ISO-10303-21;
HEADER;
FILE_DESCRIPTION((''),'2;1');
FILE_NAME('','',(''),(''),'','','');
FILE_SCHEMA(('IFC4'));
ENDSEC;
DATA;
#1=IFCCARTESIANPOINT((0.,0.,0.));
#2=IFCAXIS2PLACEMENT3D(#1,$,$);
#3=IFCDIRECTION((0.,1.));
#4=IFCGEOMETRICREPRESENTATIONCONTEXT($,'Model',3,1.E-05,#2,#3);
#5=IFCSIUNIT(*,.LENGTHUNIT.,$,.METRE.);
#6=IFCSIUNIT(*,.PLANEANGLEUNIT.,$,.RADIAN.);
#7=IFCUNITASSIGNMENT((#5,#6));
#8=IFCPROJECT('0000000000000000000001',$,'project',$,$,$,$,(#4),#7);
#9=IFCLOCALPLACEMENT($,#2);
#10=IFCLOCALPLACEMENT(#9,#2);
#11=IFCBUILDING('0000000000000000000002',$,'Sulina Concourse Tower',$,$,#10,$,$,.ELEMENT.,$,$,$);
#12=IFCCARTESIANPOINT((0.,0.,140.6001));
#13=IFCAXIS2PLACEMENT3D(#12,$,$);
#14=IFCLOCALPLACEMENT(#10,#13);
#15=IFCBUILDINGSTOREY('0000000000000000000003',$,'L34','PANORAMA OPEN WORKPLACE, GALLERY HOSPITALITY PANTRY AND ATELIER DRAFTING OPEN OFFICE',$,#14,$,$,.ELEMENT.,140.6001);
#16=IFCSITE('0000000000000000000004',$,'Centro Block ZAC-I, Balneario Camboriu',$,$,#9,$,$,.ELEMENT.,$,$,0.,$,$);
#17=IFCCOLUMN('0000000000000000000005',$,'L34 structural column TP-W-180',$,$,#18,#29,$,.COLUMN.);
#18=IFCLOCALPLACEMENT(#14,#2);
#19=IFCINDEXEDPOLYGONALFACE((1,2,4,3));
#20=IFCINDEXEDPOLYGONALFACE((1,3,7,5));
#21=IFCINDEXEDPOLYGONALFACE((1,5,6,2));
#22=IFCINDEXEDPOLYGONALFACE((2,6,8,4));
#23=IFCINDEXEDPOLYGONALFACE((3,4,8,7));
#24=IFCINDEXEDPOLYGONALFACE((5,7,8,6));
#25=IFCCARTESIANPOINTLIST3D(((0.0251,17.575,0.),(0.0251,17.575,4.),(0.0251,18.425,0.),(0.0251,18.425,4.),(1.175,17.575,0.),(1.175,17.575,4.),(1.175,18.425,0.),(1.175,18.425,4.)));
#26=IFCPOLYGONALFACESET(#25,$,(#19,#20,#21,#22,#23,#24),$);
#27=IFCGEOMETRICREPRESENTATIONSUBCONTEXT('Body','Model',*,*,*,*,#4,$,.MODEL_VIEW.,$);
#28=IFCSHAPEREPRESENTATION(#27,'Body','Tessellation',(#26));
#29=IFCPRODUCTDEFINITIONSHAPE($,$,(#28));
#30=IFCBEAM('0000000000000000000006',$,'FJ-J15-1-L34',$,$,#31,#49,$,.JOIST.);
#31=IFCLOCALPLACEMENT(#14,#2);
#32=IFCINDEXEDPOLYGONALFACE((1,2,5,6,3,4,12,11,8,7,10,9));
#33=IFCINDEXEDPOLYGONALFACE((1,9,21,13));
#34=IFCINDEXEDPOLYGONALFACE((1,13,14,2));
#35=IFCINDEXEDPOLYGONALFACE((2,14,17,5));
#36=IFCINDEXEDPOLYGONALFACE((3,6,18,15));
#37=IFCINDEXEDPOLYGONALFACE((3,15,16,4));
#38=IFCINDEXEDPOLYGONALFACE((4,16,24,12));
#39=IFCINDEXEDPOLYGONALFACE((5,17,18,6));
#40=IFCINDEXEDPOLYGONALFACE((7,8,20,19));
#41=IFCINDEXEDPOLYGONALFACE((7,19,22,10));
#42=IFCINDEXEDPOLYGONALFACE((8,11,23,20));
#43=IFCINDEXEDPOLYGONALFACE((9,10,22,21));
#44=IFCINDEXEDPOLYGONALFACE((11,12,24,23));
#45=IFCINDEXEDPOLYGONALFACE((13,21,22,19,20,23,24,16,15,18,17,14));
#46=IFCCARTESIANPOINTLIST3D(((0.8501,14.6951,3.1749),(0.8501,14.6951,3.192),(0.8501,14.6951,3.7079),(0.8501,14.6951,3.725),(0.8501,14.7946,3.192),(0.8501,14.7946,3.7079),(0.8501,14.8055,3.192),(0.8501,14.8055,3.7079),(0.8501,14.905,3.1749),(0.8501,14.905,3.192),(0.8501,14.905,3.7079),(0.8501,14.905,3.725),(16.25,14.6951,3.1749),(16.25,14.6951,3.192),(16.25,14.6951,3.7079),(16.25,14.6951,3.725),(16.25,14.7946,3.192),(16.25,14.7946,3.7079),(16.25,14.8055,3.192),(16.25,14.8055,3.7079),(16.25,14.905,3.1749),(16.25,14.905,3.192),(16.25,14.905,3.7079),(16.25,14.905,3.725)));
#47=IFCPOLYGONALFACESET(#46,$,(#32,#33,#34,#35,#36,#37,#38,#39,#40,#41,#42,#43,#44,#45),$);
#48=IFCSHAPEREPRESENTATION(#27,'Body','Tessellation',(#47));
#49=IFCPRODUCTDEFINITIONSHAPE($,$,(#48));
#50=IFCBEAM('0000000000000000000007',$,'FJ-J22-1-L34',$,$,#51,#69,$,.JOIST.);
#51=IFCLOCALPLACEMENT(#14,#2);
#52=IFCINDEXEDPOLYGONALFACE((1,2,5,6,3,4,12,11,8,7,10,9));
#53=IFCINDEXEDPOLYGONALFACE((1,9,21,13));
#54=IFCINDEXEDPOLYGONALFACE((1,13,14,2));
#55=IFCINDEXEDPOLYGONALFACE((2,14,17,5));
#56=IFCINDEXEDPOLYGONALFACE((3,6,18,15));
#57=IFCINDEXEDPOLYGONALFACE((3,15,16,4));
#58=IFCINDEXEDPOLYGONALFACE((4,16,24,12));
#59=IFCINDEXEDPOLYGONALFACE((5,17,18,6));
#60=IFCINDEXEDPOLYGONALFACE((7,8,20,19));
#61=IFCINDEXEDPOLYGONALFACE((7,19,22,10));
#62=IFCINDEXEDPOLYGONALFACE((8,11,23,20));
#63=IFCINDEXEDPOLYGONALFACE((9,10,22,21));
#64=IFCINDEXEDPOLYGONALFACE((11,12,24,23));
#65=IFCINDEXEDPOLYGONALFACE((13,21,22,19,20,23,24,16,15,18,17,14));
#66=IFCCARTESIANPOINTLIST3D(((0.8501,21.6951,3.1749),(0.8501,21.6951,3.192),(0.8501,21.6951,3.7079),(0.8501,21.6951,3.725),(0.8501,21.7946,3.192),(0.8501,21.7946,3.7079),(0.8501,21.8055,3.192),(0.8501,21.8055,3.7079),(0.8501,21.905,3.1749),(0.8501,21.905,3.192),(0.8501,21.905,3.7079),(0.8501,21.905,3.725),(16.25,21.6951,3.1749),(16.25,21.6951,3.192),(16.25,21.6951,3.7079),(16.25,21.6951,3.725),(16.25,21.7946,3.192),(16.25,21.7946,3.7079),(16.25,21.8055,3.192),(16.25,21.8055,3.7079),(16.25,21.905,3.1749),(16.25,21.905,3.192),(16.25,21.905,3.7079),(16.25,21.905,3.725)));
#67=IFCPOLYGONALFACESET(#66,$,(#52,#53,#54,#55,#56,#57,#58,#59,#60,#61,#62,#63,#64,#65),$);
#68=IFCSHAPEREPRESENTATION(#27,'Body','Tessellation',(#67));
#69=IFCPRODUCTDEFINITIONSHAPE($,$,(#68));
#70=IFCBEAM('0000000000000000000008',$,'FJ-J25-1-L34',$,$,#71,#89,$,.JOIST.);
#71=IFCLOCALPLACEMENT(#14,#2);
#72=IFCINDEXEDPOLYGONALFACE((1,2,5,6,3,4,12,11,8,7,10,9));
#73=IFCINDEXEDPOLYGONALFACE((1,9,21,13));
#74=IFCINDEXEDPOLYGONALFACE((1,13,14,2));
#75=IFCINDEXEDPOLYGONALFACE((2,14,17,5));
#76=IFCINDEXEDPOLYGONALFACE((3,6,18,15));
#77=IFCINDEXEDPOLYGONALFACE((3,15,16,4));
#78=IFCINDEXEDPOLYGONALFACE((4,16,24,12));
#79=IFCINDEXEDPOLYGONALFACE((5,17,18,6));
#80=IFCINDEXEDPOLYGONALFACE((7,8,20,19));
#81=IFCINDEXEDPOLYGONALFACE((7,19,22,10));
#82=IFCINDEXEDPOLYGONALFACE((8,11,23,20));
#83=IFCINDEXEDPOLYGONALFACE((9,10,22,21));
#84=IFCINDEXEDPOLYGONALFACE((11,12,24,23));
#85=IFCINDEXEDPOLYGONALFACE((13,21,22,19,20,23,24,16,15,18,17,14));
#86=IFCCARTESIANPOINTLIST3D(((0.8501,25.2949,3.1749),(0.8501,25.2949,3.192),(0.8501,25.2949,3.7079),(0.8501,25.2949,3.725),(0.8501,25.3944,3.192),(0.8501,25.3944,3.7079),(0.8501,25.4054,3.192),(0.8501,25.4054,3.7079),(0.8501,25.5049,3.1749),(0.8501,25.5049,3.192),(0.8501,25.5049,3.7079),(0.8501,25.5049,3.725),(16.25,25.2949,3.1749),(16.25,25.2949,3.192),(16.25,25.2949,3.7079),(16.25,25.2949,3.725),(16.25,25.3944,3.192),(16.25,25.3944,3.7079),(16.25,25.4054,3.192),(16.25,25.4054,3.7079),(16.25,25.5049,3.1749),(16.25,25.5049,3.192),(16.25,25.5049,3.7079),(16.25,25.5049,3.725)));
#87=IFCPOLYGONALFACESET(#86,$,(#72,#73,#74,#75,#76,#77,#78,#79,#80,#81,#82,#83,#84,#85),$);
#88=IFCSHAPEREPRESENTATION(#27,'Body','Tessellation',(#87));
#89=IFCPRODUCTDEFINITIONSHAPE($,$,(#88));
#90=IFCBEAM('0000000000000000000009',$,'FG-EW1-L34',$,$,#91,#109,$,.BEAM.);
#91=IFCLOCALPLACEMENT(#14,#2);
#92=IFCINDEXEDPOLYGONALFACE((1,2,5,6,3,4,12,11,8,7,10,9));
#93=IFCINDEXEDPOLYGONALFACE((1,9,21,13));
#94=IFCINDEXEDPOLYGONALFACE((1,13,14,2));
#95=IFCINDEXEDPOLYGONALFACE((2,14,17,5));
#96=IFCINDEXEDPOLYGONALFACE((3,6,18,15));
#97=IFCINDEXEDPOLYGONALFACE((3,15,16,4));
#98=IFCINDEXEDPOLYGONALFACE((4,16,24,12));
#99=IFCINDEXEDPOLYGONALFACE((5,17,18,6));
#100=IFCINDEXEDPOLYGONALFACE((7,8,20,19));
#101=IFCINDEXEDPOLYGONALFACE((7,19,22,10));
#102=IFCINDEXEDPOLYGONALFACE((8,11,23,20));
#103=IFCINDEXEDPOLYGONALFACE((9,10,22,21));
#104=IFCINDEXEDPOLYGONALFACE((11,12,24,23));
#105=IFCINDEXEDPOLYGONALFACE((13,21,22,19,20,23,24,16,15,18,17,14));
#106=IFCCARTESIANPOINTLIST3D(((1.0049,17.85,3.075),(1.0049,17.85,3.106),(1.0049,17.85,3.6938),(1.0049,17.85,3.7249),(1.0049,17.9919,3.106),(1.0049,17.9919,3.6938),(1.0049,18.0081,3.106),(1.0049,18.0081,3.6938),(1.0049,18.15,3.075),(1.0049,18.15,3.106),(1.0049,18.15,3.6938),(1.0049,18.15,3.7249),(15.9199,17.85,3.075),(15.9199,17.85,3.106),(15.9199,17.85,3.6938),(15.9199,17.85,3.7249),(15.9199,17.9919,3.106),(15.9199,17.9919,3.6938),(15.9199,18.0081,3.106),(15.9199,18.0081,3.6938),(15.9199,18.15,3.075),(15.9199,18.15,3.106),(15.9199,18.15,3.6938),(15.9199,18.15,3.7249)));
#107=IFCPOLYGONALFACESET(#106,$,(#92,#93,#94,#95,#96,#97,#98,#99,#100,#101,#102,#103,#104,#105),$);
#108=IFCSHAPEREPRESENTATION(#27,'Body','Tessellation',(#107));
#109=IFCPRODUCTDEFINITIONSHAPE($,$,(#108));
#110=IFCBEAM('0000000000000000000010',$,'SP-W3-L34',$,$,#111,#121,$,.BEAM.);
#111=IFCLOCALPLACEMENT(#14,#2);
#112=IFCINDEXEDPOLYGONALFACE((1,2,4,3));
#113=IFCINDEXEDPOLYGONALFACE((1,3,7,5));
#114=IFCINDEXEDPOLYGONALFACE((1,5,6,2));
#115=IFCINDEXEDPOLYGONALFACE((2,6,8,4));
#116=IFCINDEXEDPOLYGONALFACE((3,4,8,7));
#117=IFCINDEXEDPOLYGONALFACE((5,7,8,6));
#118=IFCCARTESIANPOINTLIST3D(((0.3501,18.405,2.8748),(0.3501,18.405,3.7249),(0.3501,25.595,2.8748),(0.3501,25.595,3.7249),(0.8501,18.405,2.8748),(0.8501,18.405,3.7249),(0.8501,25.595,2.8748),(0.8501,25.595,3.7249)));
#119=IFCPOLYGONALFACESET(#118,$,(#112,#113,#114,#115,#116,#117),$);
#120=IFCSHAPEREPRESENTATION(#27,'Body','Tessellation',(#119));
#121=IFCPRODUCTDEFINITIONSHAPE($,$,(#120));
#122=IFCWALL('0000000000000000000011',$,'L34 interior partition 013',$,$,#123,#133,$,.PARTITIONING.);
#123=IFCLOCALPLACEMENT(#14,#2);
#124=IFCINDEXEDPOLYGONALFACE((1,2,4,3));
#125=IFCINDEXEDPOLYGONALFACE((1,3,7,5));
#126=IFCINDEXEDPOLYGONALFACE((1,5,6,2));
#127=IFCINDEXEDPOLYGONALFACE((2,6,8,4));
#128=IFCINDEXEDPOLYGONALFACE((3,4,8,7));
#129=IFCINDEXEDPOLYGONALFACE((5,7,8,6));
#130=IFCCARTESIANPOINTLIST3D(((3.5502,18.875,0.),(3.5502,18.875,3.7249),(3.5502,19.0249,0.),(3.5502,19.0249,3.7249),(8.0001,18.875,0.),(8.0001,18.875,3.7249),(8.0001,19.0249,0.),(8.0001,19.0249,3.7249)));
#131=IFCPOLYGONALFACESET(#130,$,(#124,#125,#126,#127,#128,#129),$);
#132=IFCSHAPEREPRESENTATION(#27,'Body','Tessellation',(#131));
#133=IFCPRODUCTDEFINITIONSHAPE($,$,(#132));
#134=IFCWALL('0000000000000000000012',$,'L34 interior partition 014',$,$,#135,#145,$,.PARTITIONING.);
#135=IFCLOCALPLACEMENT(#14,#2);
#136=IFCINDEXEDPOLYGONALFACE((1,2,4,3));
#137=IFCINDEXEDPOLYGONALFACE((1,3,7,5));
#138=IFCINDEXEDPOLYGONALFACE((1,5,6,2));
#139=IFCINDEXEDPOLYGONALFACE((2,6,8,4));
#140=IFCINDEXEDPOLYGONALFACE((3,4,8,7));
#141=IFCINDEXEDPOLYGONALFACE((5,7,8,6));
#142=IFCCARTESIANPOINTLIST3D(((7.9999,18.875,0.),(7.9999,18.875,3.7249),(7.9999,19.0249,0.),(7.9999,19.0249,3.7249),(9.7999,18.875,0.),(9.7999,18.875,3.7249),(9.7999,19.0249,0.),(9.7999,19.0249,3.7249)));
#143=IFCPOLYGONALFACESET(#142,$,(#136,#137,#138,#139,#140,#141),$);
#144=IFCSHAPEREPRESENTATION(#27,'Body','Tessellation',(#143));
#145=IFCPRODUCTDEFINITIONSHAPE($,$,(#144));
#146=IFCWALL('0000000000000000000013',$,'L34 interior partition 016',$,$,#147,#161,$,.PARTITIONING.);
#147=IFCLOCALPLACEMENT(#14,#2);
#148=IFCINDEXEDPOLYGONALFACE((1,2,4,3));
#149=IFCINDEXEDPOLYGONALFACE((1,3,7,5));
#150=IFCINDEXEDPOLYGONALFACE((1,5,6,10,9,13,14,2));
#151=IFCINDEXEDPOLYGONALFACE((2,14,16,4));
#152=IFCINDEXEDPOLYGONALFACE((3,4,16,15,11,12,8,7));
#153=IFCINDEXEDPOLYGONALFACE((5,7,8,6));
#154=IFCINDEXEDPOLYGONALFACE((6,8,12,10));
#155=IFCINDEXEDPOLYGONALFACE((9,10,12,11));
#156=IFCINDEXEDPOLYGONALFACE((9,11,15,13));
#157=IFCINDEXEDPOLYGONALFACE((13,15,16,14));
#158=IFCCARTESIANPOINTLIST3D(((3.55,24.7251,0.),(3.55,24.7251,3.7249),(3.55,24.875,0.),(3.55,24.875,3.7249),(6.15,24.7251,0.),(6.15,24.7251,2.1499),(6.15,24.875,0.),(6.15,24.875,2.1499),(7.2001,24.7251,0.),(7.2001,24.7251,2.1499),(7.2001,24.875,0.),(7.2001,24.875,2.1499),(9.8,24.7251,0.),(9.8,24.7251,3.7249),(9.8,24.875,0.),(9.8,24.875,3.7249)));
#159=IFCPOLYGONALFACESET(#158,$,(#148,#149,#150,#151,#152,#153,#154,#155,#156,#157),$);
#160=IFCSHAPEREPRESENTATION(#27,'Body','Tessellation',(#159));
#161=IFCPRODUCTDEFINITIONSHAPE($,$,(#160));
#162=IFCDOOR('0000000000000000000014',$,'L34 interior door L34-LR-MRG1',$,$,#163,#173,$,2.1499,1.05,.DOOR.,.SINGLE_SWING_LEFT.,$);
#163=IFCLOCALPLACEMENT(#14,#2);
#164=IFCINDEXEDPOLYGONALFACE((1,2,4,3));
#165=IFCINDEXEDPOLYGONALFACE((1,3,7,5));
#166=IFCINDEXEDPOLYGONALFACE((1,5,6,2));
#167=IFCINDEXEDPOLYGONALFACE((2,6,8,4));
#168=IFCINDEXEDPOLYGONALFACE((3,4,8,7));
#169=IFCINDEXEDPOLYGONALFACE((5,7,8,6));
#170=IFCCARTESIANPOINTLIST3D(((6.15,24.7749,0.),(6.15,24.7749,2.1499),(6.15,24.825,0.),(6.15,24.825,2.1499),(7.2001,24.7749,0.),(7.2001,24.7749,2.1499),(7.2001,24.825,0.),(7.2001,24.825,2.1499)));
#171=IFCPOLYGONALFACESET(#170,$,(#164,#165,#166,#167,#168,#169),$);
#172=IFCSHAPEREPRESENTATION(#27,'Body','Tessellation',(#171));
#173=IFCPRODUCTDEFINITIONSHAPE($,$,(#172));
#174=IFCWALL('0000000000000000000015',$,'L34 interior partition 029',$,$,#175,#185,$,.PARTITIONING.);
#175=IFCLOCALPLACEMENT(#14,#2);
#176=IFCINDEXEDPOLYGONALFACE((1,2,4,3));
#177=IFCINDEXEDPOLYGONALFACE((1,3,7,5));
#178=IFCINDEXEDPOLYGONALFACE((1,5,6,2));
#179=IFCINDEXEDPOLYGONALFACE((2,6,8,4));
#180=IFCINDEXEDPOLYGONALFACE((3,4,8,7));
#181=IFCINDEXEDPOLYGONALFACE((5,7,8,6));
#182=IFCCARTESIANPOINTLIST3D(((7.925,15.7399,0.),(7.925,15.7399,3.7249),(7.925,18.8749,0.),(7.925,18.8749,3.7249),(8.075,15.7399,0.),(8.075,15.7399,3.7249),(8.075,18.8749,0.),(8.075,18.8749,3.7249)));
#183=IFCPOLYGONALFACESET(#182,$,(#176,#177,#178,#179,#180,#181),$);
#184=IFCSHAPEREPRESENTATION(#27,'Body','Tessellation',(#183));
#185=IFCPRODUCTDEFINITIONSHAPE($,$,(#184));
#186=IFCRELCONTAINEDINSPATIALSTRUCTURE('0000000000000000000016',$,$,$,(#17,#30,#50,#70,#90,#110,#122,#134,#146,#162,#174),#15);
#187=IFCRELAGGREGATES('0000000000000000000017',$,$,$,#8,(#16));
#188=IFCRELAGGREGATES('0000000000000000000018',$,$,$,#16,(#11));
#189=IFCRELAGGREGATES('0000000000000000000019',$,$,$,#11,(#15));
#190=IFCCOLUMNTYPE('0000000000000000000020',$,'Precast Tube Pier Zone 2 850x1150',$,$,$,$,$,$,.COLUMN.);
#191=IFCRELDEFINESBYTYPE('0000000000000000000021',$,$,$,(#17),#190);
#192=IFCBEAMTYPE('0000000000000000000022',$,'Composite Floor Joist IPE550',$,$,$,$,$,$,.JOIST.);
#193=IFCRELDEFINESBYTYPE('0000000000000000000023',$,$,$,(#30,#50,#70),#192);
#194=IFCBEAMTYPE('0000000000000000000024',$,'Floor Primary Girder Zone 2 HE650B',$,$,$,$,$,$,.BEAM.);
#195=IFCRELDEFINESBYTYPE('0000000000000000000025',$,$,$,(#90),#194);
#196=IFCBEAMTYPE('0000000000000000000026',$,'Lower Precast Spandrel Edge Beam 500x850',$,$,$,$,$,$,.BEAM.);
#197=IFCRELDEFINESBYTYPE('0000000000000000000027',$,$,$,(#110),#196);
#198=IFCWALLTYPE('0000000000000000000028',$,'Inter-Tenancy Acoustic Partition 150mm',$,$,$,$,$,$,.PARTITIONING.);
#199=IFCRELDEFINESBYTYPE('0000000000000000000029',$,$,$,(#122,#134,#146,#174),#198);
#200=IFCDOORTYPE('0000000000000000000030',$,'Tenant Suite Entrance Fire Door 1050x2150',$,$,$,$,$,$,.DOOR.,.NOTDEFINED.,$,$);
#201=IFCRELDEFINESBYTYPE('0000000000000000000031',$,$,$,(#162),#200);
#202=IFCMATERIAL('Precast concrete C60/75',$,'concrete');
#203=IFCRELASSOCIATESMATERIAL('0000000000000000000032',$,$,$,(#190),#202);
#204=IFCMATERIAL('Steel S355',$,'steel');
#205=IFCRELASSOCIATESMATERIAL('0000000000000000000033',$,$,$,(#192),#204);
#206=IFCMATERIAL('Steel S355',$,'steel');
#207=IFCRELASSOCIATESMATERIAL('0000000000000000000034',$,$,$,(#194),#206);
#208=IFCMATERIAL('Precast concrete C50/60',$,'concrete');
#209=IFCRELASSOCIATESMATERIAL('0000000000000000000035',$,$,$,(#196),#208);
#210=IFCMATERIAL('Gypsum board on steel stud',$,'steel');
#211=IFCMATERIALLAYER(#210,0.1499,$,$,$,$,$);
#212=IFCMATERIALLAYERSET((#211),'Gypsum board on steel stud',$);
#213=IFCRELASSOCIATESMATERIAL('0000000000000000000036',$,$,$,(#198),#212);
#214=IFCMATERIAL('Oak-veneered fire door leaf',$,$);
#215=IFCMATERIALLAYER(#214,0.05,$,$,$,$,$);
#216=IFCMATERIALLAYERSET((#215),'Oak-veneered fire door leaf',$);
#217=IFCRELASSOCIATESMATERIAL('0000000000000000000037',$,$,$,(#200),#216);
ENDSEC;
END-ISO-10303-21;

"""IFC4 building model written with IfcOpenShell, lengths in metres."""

from ifc_helpers import new_model, si_unit, direction, frame, frame_2d, origin, origin_2d, place, context, subcontext, project, spatial, rectangle, i_section, extrude, material, layer, layer_set, material_profile, profile_set, type_object, element, fill, save


model = new_model("IFC4")

# Units and contexts
model_context = context("Model", 3, precision=1e-05, world=origin(), true_north=direction((0.0, 1.0)))
body_context = subcontext(model_context, "Body", "Model", "MODEL_VIEW")
ifc_project = project(units=[si_unit("LENGTHUNIT", "METRE"), si_unit("PLANEANGLEUNIT", "RADIAN")], contexts=[model_context])

# Site, building, storey
site_placement = place(None, origin())
site = spatial("IfcSite", under=ifc_project, at=site_placement, Name="Centro Block ZAC-I, Balneario Camboriu", CompositionType="ELEMENT", RefElevation=0.0)
building_placement = place(site_placement, origin())
building = spatial("IfcBuilding", under=site, at=building_placement, Name="Sulina Concourse Tower", CompositionType="ELEMENT")
storey_placement = place(building_placement, frame((0.0, 0.0, 140.6001)))
storey = spatial("IfcBuildingStorey", under=building, at=storey_placement, Name="L34", Description="PANORAMA OPEN WORKPLACE, GALLERY HOSPITALITY PANTRY AND ATELIER DRAFTING OPEN OFFICE", CompositionType="ELEMENT", Elevation=140.6001)

# Column
ifc_material_1 = material(Name="Precast concrete C60/75", Category="concrete")
ifc_material_profile_1 = material_profile(ifc_material_1, rectangle(XDim=0.8501, YDim=1.1499, at=origin_2d()), Name="PC 850x1150")
ifc_profile_set_1 = profile_set([ifc_material_profile_1], Name="Precast concrete C60/75")
column_type = type_object("IfcColumnType", Name="Precast Tube Pier Zone 2 850x1150", PredefinedType="COLUMN", material=ifc_profile_set_1)
column_placement = place(storey_placement, frame((0.6001, 18.0, 0.0), z_axis=(0.0, 0.0, 1.0), x_axis=(0.0, 1.0, 0.0)))
element("IfcColumn", 1, at=column_placement, inside=storey, type_object=column_type, Name="L34 structural column TP-W-180", PredefinedType="COLUMN", context=body_context, shape_type="SweptSolid", body=[
    extrude(rectangle(XDim=0.8501, YDim=1.1499, at=origin_2d()), origin(), (0.0, 0.0, 1.0), 4.0),
])

# Beams
ifc_material_2 = material(Name="Steel S355", Category="steel")
ifc_material_profile_2 = material_profile(ifc_material_2, i_section(OverallWidth=0.21, OverallDepth=0.55, WebThickness=0.011, FlangeThickness=0.0171, at=origin_2d()), Name="IPE 550")
ifc_profile_set_2 = profile_set([ifc_material_profile_2], Name="Steel S355")
beam_type_1 = type_object("IfcBeamType", Name="Composite Floor Joist IPE550", PredefinedType="JOIST", material=ifc_profile_set_2)
for number, where, z_axis, x_axis, name in (
    (2, (0.8501, 14.8, 3.45), (1.0, 0.0, 0.0), (0.0, 1.0, 0.0), "FJ-J15-1-L34"),
    (3, (0.8501, 21.8, 3.45), (1.0, 0.0, 0.0), (0.0, 1.0, 0.0), "FJ-J22-1-L34"),
    (4, (0.8501, 25.3999, 3.45), (1.0, 0.0, 0.0), (0.0, 1.0, 0.0), "FJ-J25-1-L34"),
):
    element("IfcBeam", number, at=place(storey_placement, frame(where, z_axis=z_axis, x_axis=x_axis)), inside=storey, type_object=beam_type_1, Name=name, PredefinedType="JOIST", context=body_context, shape_type="SweptSolid", body=[
        extrude(i_section(OverallWidth=0.21, OverallDepth=0.55, WebThickness=0.011, FlangeThickness=0.0171, at=origin_2d()), origin(), (0.0, 0.0, 1.0), 15.3999),
    ])
ifc_material_3 = material(Name="Steel S355", Category="steel")
ifc_material_profile_3 = material_profile(ifc_material_3, i_section(OverallWidth=0.3, OverallDepth=0.6499, WebThickness=0.0161, FlangeThickness=0.031, at=origin_2d()), Name="HE 650 B")
ifc_profile_set_3 = profile_set([ifc_material_profile_3], Name="Steel S355")
beam_type_2 = type_object("IfcBeamType", Name="Floor Primary Girder Zone 2 HE650B", PredefinedType="BEAM", material=ifc_profile_set_3)
beam_1_placement = place(storey_placement, frame((1.0049, 18.0, 3.3999), z_axis=(1.0, 0.0, 0.0), x_axis=(0.0, 1.0, 0.0)))
element("IfcBeam", 5, at=beam_1_placement, inside=storey, type_object=beam_type_2, Name="FG-EW1-L34", PredefinedType="BEAM", context=body_context, shape_type="SweptSolid", body=[
    extrude(i_section(OverallWidth=0.3, OverallDepth=0.6499, WebThickness=0.0161, FlangeThickness=0.031, at=origin_2d()), origin(), (0.0, 0.0, 1.0), 14.915),
])
ifc_material_4 = material(Name="Precast concrete C50/60", Category="concrete")
ifc_material_profile_4 = material_profile(ifc_material_4, rectangle(XDim=0.5, YDim=0.8501, at=origin_2d()), Name="RC 500x850")
ifc_profile_set_4 = profile_set([ifc_material_profile_4], Name="Precast concrete C50/60")
beam_type_3 = type_object("IfcBeamType", Name="Lower Precast Spandrel Edge Beam 500x850", PredefinedType="BEAM", material=ifc_profile_set_4)
beam_2_placement = place(storey_placement, frame((0.6001, 18.405, 3.2998), z_axis=(0.0, 1.0, 0.0), x_axis=(-1.0, 0.0, 0.0)))
element("IfcBeam", 6, at=beam_2_placement, inside=storey, type_object=beam_type_3, Name="SP-W3-L34", PredefinedType="BEAM", context=body_context, shape_type="SweptSolid", body=[
    extrude(rectangle(XDim=0.5, YDim=0.8501, at=origin_2d()), origin(), (0.0, 0.0, 1.0), 7.1899),
])

# Walls
ifc_material_5 = material(Name="Gypsum board on steel stud", Category="steel")
ifc_layer_1 = layer(ifc_material_5, 0.1499)
ifc_layer_set_1 = layer_set([ifc_layer_1], Name="Gypsum board on steel stud")
wall_type_1 = type_object("IfcWallType", Name="Inter-Tenancy Acoustic Partition 150mm", PredefinedType="PARTITIONING", material=ifc_layer_set_1)
wall_1_placement = place(storey_placement, frame((3.55, 18.95, 0.0), z_axis=(0.0, 0.0, 1.0), x_axis=(1.0, 0.0, 0.0)))
element("IfcWall", 7, at=wall_1_placement, inside=storey, type_object=wall_type_1, Name="L34 interior partition 013", PredefinedType="PARTITIONING", context=body_context, shape_type="SweptSolid", body=[
    extrude(rectangle(XDim=4.45, YDim=0.1499, at=frame_2d((2.2251, 0.0))), origin(), (0.0, 0.0, 1.0), 3.7249),
])
wall_2_placement = place(storey_placement, frame((8.0, 18.95, 0.0), z_axis=(0.0, 0.0, 1.0), x_axis=(1.0, 0.0, 0.0)))
element("IfcWall", 8, at=wall_2_placement, inside=storey, type_object=wall_type_1, Name="L34 interior partition 014", PredefinedType="PARTITIONING", context=body_context, shape_type="SweptSolid", body=[
    extrude(rectangle(XDim=1.8, YDim=0.1499, at=frame_2d((0.8999, 0.0))), origin(), (0.0, 0.0, 1.0), 3.7249),
])

# Wall, opening, door
wall_3_placement = place(storey_placement, frame((3.55, 24.8, 0.0), z_axis=(0.0, 0.0, 1.0), x_axis=(1.0, 0.0, 0.0)))
wall_3 = element("IfcWall", 9, at=wall_3_placement, inside=storey, type_object=wall_type_1, Name="L34 interior partition 016", PredefinedType="PARTITIONING", context=body_context, shape_type="SweptSolid", body=[
    extrude(rectangle(XDim=6.25, YDim=0.1499, at=frame_2d((3.125, 0.0))), origin(), (0.0, 0.0, 1.0), 3.7249),
])
opening_1_placement = place(wall_3_placement, frame((2.6001, 0.0, 0.0)))
opening_1 = element("IfcOpeningElement", 10, at=opening_1_placement, cuts=wall_3, PredefinedType="OPENING", context=body_context, shape_type="SweptSolid", body=[
    extrude(rectangle(XDim=1.05, YDim=2.1499, at=frame_2d((0.5249, 1.075))), frame((0.0, 0.085, 0.0), z_axis=(0.0, -1.0, 0.0), x_axis=(1.0, 0.0, 0.0)), (0.0, 0.0, 1.0), 0.1699),
])
ifc_material_6 = material(Name="Oak-veneered fire door leaf")
ifc_layer_2 = layer(ifc_material_6, 0.05)
ifc_layer_set_2 = layer_set([ifc_layer_2], Name="Oak-veneered fire door leaf")
door_type_1 = type_object("IfcDoorType", Name="Tenant Suite Entrance Fire Door 1050x2150", OperationType="NOTDEFINED", PredefinedType="DOOR", material=ifc_layer_set_2)
door_1_placement = place(opening_1_placement, origin())
door_1 = element("IfcDoor", 11, at=door_1_placement, inside=storey, type_object=door_type_1, Name="L34 interior door L34-LR-MRG1", OperationType="SINGLE_SWING_LEFT", OverallHeight=2.1499, OverallWidth=1.05, PredefinedType="DOOR", context=body_context, shape_type="SweptSolid", body=[
    extrude(rectangle(XDim=1.05, YDim=2.1499, at=frame_2d((0.5249, 1.075))), frame((0.0, 0.0249, 0.0), z_axis=(0.0, -1.0, 0.0), x_axis=(1.0, 0.0, 0.0)), (0.0, 0.0, 1.0), 0.05),
])
fill(opening_1, door_1)

# Wall
wall_4_placement = place(storey_placement, frame((8.0, 15.74, 0.0), z_axis=(0.0, 0.0, 1.0), x_axis=(0.0, 1.0, 0.0)))
element("IfcWall", 12, at=wall_4_placement, inside=storey, type_object=wall_type_1, Name="L34 interior partition 029", PredefinedType="PARTITIONING", context=body_context, shape_type="SweptSolid", body=[
    extrude(rectangle(XDim=3.135, YDim=0.1499, at=frame_2d((1.5674, 0.0))), origin(), (0.0, 0.0, 1.0), 3.7249),
])

save(model, "model.ifc")
